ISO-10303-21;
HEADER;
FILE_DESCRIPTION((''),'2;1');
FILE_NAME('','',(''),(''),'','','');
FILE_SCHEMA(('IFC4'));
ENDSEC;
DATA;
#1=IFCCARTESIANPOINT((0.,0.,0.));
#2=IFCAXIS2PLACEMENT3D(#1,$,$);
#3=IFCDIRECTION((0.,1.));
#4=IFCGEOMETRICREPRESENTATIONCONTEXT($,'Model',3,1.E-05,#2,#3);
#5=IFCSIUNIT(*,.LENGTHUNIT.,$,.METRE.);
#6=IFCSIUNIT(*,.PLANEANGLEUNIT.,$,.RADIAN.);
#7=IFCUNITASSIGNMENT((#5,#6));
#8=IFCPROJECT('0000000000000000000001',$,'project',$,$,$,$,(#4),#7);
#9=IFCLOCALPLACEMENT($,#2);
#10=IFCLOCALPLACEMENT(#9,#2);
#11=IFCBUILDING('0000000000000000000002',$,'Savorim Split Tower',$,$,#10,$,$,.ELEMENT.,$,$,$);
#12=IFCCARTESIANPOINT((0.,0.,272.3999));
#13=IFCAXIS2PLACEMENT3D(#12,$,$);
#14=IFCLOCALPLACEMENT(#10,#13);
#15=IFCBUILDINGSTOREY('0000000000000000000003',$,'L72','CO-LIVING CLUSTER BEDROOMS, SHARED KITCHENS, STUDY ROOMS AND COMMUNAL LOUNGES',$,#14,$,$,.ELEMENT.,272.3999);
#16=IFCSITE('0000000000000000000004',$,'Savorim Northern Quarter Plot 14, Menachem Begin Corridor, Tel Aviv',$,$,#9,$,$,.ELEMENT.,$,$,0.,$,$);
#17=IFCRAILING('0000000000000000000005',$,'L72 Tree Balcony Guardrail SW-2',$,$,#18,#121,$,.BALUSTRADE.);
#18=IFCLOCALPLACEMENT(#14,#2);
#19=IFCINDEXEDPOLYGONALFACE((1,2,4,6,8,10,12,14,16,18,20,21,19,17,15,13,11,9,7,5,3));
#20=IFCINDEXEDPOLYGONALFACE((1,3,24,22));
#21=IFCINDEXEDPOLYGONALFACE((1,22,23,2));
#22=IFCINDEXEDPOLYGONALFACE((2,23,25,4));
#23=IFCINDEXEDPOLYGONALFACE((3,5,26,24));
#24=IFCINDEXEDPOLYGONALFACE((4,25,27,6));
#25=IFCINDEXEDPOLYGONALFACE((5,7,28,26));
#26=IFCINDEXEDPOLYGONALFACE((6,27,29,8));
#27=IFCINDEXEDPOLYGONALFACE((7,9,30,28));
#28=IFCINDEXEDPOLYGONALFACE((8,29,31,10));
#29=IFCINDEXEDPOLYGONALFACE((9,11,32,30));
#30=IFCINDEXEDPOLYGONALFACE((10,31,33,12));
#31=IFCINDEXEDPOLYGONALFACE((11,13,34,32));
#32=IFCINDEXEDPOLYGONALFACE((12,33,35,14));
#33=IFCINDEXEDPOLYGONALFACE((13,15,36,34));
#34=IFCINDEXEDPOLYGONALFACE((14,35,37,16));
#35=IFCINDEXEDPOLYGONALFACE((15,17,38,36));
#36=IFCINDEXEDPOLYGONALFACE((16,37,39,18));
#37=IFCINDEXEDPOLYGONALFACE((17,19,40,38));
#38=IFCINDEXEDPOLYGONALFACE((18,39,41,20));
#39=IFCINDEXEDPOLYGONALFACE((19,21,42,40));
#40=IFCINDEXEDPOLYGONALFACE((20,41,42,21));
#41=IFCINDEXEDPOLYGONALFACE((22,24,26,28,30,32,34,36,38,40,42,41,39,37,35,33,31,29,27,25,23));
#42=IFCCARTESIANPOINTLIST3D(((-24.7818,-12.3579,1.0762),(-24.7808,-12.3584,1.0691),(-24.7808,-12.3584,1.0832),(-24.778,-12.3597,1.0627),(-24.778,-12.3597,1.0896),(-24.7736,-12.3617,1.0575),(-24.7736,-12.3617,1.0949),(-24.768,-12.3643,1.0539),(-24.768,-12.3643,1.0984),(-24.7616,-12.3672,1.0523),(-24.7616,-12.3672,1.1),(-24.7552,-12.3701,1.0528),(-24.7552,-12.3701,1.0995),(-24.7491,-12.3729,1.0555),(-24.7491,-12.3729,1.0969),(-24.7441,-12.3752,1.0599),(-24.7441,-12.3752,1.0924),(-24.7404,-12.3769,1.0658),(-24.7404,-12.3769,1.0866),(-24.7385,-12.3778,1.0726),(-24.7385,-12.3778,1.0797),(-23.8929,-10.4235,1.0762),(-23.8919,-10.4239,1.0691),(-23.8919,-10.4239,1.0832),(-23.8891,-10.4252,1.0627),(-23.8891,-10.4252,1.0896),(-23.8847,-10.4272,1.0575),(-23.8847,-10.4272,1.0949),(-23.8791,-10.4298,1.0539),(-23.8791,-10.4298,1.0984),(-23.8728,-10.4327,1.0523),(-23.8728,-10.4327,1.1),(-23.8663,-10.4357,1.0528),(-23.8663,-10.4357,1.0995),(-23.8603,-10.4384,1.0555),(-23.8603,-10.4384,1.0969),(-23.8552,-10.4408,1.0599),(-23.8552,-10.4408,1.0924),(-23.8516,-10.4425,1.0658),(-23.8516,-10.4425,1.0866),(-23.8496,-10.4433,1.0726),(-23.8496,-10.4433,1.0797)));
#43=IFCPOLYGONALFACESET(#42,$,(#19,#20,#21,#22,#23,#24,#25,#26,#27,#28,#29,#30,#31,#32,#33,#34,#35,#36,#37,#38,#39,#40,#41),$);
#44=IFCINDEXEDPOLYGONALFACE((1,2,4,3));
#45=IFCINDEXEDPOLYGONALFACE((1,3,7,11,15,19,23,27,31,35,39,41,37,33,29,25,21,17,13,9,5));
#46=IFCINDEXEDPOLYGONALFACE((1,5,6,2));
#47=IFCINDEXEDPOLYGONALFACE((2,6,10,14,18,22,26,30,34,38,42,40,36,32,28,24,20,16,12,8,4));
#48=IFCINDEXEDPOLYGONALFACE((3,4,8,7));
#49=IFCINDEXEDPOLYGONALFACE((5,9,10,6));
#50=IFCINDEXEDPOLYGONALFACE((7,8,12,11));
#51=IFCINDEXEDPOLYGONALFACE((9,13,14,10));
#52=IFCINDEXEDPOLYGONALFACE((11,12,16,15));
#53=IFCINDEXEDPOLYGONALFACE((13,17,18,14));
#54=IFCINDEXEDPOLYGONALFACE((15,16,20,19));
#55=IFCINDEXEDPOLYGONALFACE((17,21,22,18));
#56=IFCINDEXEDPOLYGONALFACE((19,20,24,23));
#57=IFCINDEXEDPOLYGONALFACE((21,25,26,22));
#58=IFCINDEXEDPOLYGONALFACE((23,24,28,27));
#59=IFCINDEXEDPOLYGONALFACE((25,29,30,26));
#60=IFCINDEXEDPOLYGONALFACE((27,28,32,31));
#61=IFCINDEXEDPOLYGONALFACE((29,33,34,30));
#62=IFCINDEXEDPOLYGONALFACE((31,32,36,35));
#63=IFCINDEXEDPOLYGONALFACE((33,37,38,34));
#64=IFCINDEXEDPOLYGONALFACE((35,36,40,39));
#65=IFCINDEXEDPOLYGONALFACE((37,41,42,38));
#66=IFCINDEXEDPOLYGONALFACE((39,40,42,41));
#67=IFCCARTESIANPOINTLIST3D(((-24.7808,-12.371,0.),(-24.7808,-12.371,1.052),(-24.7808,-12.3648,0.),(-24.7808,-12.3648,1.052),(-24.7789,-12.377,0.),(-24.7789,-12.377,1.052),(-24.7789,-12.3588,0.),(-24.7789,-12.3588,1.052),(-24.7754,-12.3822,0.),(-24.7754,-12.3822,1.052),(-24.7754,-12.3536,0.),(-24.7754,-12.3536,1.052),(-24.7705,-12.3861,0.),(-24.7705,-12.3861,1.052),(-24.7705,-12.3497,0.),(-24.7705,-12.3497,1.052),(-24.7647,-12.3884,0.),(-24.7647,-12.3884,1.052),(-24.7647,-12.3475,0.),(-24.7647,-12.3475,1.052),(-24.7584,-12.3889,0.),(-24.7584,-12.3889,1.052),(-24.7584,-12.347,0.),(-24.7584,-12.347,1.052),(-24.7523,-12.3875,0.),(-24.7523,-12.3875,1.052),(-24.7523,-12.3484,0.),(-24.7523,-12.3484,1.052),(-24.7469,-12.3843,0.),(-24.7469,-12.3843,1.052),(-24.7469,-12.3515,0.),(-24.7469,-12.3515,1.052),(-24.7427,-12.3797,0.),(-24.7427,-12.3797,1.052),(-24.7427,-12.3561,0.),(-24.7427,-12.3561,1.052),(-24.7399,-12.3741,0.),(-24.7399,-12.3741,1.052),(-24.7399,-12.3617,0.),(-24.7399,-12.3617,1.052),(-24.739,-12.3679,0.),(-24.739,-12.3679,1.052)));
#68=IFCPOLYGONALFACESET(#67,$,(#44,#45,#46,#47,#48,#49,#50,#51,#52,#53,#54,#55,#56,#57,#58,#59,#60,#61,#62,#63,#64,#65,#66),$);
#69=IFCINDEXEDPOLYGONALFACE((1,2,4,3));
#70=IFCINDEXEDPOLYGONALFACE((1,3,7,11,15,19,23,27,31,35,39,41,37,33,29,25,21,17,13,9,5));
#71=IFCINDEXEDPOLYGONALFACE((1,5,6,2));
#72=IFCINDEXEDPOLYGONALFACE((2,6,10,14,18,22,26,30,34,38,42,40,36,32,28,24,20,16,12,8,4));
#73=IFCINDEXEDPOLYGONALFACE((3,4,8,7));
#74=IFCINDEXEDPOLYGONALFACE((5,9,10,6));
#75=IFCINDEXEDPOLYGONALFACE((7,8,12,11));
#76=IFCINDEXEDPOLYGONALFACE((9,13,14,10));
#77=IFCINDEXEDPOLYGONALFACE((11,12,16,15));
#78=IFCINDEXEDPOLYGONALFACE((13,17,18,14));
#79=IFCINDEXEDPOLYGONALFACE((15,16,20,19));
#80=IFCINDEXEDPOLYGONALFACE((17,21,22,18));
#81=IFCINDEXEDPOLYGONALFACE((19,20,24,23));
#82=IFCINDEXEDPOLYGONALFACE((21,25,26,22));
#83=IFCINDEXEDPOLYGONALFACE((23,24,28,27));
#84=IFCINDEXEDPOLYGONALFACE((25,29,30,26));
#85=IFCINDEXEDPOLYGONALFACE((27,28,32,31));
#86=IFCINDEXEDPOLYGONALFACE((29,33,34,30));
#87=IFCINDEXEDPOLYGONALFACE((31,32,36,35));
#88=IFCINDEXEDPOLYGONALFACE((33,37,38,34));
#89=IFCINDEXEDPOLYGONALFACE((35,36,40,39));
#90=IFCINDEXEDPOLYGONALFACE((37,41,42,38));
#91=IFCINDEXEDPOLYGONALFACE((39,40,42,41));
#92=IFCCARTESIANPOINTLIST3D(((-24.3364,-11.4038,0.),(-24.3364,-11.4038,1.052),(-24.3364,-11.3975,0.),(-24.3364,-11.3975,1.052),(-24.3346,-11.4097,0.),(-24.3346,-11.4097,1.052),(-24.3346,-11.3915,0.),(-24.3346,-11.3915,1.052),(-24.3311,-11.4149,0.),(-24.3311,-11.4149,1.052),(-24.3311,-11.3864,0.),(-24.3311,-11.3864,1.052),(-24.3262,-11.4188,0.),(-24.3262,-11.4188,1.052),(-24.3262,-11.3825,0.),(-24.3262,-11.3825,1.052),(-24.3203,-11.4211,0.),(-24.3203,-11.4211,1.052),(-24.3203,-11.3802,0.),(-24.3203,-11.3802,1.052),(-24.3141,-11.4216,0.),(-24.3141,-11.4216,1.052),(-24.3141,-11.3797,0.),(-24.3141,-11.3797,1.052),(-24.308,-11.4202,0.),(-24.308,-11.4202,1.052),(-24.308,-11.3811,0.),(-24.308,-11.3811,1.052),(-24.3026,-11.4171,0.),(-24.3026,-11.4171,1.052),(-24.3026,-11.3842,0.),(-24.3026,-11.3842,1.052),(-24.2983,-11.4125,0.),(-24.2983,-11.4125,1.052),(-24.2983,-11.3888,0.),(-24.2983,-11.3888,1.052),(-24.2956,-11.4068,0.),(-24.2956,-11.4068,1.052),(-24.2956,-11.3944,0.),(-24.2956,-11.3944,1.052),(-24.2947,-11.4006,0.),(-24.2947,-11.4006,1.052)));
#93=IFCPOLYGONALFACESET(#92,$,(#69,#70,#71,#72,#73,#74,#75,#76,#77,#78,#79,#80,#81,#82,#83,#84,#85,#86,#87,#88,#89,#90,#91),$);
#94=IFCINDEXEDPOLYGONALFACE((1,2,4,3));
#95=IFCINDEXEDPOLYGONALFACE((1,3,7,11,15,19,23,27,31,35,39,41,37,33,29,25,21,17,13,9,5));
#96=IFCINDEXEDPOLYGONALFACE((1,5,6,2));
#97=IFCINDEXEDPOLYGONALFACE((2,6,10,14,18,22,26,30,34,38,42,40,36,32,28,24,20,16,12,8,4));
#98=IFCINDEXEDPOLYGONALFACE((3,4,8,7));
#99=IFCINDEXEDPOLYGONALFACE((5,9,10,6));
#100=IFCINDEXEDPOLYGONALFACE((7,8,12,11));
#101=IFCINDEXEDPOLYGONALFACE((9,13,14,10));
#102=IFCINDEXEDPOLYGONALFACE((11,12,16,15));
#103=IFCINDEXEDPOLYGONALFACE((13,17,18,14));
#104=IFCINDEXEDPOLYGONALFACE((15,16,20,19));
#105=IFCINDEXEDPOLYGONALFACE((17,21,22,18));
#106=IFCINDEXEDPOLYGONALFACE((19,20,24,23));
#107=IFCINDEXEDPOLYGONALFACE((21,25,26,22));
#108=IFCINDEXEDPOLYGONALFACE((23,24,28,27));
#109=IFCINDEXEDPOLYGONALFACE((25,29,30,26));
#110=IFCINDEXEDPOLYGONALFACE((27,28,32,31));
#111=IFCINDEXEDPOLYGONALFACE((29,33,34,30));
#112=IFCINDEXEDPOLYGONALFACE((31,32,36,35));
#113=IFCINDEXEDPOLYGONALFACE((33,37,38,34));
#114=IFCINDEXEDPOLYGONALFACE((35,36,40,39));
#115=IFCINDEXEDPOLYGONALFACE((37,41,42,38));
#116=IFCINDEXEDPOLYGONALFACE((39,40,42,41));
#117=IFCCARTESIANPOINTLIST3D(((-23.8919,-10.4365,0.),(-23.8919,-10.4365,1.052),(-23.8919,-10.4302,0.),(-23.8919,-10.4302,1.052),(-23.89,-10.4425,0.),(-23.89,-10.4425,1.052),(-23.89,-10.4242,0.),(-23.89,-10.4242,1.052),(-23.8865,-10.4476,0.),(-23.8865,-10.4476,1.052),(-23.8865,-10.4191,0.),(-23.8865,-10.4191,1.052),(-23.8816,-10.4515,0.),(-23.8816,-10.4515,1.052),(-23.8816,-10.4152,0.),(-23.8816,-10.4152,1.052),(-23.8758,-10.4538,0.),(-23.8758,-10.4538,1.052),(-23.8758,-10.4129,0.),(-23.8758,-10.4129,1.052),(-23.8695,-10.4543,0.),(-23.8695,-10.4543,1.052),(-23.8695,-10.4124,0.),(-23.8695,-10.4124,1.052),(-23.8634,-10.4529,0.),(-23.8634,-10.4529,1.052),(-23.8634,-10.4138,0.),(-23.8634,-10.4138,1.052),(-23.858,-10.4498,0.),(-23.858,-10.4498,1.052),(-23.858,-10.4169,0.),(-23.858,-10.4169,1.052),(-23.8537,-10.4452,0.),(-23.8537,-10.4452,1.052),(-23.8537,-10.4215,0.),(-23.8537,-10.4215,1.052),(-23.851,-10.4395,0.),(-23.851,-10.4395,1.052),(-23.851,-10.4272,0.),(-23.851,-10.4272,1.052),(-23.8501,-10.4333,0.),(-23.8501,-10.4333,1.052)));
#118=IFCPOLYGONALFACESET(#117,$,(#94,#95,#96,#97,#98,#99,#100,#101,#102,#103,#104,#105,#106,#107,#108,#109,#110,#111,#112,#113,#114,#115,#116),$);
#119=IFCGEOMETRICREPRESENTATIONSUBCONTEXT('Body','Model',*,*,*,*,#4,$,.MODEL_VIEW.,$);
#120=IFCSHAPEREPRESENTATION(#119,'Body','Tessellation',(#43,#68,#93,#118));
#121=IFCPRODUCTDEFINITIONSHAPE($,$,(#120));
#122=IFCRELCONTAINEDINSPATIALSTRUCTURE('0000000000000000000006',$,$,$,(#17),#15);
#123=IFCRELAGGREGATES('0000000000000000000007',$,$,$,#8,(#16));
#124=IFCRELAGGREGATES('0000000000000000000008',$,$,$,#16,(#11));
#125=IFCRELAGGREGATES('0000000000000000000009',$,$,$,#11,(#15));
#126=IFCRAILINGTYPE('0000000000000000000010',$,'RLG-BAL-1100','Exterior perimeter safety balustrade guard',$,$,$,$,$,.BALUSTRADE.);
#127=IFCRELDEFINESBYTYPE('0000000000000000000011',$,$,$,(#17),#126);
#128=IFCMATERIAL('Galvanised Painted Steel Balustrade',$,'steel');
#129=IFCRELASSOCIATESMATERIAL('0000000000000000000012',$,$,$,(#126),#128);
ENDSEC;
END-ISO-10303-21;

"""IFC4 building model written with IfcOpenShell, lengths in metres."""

from ifc_helpers import new_model, si_unit, direction, frame, origin, origin_2d, place, context, subcontext, project, spatial, circle, extrude, material, type_object, element, save


model = new_model("IFC4")

# Units and contexts
model_context = context("Model", 3, precision=1e-05, world=origin(), true_north=direction((0.0, 1.0)))
body_context = subcontext(model_context, "Body", "Model", "MODEL_VIEW")
ifc_project = project(units=[si_unit("LENGTHUNIT", "METRE"), si_unit("PLANEANGLEUNIT", "RADIAN")], contexts=[model_context])

# Site, building, storey
site_placement = place(None, origin())
site = spatial("IfcSite", under=ifc_project, at=site_placement, Name="Savorim Northern Quarter Plot 14, Menachem Begin Corridor, Tel Aviv", CompositionType="ELEMENT", RefElevation=0.0)
building_placement = place(site_placement, origin())
building = spatial("IfcBuilding", under=site, at=building_placement, Name="Savorim Split Tower", CompositionType="ELEMENT")
storey_placement = place(building_placement, frame((0.0, 0.0, 272.3999)))
storey = spatial("IfcBuildingStorey", under=building, at=storey_placement, Name="L72", Description="CO-LIVING CLUSTER BEDROOMS, SHARED KITCHENS, STUDY ROOMS AND COMMUNAL LOUNGES", CompositionType="ELEMENT", Elevation=272.3999)

# Railing
ifc_material_1 = material(Name="Galvanised Painted Steel Balustrade", Category="steel")
railing_type = type_object("IfcRailingType", Name="RLG-BAL-1100", Description="Exterior perimeter safety balustrade guard", PredefinedType="BALUSTRADE", material=ifc_material_1)
railing_1_placement = place(storey_placement, frame((-24.76, -12.3679, 0.0)))
element("IfcRailing", 1, at=railing_1_placement, inside=storey, type_object=railing_type, Name="L72 Tree Balcony Guardrail SW-2", PredefinedType="BALUSTRADE", context=body_context, shape_type="SweptSolid", body=[
    extrude(circle(Radius=0.0239, at=origin_2d()), frame((0.0, 0.0, 1.0762), z_axis=(0.417523, 0.908666, 0.0), x_axis=(-0.908666, 0.417523, 0.0)), (0.0, 0.0, 1.0), 2.1289),
    extrude(circle(Radius=0.021, at=origin_2d()), origin(), (0.0, 0.0, 1.0), 1.052),
    extrude(circle(Radius=0.021, at=origin_2d()), frame((0.4443, 0.9673, 0.0)), (0.0, 0.0, 1.0), 1.052),
    extrude(circle(Radius=0.021, at=origin_2d()), frame((0.8889, 1.9346, 0.0)), (0.0, 0.0, 1.0), 1.052),
])

save(model, "model.ifc")
